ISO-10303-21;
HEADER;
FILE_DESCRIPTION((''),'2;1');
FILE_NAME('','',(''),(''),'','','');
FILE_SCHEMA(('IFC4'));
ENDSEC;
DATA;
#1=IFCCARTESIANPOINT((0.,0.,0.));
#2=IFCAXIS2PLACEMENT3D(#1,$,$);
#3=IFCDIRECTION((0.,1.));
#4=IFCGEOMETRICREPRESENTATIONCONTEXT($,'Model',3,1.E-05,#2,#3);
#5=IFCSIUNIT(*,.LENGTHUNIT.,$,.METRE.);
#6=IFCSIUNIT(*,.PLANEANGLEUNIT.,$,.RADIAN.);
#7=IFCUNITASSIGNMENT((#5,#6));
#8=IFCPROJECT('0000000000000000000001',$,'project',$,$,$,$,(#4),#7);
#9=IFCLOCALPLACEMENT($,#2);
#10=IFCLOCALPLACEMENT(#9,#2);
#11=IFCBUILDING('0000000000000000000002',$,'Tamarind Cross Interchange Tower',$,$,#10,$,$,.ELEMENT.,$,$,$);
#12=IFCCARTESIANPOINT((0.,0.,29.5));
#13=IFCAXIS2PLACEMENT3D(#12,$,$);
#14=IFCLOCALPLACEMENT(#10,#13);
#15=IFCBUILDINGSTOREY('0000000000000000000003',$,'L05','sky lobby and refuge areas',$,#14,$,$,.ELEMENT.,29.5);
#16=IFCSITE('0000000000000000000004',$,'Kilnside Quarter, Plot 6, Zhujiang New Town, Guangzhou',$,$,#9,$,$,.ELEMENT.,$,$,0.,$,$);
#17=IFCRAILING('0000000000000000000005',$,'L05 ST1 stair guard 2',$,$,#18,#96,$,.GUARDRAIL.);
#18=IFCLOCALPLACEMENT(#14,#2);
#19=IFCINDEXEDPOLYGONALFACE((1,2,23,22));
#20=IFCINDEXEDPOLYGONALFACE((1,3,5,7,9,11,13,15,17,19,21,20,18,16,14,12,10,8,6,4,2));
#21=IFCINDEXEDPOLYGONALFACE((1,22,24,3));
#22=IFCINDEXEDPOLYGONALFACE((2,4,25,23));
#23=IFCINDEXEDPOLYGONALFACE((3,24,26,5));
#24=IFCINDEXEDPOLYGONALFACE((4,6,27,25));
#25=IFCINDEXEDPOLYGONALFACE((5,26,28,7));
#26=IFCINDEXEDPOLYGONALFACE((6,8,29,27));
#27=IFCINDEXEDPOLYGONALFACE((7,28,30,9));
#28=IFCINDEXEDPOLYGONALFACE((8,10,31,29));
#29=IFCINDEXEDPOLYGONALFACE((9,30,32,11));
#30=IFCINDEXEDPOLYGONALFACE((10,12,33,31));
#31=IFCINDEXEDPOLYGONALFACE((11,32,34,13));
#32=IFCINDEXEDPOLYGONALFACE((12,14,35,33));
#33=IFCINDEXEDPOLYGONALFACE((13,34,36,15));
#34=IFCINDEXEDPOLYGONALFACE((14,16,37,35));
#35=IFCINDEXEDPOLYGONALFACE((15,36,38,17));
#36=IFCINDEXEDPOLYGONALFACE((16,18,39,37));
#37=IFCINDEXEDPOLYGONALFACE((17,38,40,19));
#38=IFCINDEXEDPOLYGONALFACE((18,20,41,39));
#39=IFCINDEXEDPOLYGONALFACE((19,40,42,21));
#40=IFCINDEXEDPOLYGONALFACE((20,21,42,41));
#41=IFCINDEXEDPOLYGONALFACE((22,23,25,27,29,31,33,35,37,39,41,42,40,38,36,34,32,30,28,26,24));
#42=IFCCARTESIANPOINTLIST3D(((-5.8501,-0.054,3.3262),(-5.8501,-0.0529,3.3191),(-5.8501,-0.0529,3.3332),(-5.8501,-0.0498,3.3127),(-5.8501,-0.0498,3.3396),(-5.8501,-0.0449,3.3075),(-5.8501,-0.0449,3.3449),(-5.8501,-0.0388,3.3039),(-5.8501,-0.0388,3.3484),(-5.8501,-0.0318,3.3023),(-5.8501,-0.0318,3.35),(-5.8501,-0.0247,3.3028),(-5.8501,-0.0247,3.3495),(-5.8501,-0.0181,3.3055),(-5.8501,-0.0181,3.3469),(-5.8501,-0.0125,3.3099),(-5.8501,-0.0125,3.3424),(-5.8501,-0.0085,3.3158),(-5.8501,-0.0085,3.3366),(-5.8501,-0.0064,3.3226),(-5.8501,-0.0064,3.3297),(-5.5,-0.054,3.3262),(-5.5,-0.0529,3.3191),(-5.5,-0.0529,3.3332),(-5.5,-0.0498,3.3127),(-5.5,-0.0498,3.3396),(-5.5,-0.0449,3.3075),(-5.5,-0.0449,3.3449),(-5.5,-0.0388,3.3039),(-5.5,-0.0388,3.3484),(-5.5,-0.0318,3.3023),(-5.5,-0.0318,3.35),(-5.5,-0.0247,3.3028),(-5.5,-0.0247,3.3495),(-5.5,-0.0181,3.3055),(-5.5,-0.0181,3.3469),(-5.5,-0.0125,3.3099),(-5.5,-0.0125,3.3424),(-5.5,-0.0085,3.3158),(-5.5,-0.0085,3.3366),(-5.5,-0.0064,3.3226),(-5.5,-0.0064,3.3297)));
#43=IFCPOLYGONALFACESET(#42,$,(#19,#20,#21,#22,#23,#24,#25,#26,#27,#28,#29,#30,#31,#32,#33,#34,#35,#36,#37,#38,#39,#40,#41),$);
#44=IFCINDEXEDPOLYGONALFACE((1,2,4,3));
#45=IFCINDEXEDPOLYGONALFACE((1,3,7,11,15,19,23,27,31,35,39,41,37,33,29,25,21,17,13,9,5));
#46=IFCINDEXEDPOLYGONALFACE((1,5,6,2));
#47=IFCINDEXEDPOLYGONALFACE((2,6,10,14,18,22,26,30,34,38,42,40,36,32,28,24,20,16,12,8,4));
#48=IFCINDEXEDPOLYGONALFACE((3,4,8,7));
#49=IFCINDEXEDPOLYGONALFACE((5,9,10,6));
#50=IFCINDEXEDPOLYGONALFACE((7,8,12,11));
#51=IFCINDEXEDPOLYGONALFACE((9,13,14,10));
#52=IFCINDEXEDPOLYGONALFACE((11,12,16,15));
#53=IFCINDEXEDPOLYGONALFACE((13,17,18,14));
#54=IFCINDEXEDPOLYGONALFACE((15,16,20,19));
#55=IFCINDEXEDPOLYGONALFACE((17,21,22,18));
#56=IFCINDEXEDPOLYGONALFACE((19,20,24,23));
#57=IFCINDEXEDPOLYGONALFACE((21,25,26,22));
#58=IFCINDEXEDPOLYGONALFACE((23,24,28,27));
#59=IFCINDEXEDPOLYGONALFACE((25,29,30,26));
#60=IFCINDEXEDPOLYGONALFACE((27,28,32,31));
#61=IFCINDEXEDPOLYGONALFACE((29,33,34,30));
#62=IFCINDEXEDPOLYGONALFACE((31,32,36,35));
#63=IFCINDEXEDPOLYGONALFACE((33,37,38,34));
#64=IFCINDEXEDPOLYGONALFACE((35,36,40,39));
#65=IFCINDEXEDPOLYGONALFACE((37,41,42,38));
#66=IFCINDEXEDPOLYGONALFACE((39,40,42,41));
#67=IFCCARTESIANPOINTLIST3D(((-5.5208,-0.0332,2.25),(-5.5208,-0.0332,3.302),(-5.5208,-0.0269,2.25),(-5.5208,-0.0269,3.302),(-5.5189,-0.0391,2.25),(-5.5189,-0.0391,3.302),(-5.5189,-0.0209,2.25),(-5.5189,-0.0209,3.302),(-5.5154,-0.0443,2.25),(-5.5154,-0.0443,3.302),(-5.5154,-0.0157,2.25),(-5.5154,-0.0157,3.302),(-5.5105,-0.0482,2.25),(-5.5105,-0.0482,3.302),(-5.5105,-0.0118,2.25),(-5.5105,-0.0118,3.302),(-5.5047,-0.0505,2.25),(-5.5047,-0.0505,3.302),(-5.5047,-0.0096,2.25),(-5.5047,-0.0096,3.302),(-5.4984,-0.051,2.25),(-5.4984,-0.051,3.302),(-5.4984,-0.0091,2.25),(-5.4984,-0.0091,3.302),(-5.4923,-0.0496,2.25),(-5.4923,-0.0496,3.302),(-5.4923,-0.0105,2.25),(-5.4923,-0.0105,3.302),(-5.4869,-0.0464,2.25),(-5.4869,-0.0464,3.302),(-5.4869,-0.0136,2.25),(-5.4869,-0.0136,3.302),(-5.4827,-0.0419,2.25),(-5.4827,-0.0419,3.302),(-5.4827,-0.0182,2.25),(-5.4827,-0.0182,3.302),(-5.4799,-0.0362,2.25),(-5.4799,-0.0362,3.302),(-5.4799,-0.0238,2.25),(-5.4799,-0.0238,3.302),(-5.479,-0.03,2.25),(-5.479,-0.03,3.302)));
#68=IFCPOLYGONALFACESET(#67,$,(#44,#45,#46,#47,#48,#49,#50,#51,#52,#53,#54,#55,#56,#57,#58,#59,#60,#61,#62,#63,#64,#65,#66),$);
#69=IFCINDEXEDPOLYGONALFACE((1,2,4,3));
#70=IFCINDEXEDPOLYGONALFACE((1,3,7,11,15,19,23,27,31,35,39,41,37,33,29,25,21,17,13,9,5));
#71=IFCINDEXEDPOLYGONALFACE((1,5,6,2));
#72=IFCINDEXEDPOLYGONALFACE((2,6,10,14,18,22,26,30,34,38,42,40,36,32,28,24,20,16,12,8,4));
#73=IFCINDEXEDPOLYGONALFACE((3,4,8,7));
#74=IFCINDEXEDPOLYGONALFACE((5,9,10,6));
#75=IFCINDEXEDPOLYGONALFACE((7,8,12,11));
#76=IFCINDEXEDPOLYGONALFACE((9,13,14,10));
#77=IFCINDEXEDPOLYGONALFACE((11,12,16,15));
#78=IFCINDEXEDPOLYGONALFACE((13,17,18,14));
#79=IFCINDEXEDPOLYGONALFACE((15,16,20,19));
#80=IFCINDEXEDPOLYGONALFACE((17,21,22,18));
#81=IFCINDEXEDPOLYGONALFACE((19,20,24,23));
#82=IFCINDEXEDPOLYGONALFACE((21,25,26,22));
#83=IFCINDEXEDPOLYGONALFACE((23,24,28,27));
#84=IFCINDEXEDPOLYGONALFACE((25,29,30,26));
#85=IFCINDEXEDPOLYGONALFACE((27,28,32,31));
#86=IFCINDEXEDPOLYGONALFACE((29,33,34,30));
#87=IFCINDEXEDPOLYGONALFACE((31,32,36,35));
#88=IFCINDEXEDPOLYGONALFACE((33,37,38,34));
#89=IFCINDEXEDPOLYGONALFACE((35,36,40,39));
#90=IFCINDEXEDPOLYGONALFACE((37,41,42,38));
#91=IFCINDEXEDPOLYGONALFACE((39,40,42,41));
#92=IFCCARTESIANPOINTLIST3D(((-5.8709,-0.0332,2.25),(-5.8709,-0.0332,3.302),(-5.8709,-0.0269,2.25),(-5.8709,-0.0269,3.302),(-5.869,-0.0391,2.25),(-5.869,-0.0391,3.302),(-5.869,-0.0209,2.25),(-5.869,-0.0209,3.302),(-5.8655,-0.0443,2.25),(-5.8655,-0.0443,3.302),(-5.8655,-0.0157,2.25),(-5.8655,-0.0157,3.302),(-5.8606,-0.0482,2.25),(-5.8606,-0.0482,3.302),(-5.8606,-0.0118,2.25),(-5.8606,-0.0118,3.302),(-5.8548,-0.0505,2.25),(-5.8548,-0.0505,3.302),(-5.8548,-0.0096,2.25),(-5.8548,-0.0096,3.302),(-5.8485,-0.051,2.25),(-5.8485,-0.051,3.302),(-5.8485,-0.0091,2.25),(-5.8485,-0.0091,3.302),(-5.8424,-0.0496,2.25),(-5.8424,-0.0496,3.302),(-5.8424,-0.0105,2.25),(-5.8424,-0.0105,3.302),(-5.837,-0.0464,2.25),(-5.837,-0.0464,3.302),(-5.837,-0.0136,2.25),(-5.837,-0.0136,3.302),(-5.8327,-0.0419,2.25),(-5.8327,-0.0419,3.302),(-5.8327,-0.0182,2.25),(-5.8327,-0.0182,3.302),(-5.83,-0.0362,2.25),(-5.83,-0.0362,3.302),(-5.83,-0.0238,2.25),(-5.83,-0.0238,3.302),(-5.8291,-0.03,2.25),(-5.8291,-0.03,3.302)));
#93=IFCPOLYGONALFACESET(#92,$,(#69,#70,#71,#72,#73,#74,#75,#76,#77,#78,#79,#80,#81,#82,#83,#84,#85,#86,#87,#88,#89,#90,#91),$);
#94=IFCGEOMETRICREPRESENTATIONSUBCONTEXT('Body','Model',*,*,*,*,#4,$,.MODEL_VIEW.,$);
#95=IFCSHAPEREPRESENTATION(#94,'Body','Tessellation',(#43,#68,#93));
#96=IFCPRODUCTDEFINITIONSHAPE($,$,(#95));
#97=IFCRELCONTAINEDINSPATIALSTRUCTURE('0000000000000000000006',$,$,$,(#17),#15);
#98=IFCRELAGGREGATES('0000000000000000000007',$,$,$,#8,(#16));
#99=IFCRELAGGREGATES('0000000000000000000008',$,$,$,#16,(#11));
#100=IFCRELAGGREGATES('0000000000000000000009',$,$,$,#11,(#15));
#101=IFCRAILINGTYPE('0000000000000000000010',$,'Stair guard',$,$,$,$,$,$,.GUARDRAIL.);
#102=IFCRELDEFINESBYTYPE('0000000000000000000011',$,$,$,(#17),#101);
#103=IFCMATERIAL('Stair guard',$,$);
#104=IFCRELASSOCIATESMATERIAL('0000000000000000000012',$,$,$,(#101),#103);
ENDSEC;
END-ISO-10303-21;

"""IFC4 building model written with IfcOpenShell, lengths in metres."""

from ifc_helpers import new_model, si_unit, direction, frame, origin, origin_2d, place, context, subcontext, project, spatial, circle, extrude, material, type_object, element, save


model = new_model("IFC4")

# Units and contexts
model_context = context("Model", 3, precision=1e-05, world=origin(), true_north=direction((0.0, 1.0)))
body_context = subcontext(model_context, "Body", "Model", "MODEL_VIEW")
ifc_project = project(units=[si_unit("LENGTHUNIT", "METRE"), si_unit("PLANEANGLEUNIT", "RADIAN")], contexts=[model_context])

# Site, building, storey
site_placement = place(None, origin())
site = spatial("IfcSite", under=ifc_project, at=site_placement, Name="Kilnside Quarter, Plot 6, Zhujiang New Town, Guangzhou", CompositionType="ELEMENT", RefElevation=0.0)
building_placement = place(site_placement, origin())
building = spatial("IfcBuilding", under=site, at=building_placement, Name="Tamarind Cross Interchange Tower", CompositionType="ELEMENT")
storey_placement = place(building_placement, frame((0.0, 0.0, 29.5)))
storey = spatial("IfcBuildingStorey", under=building, at=storey_placement, Name="L05", Description="sky lobby and refuge areas", CompositionType="ELEMENT", Elevation=29.5)

# Railing
ifc_material_1 = material(Name="Stair guard")
railing_type_1 = type_object("IfcRailingType", Name="Stair guard", PredefinedType="GUARDRAIL", material=ifc_material_1)
railing_1_placement = place(storey_placement, frame((-5.5, -0.03, 2.25)))
element("IfcRailing", 1, at=railing_1_placement, inside=storey, type_object=railing_type_1, Name="L05 ST1 stair guard 2", PredefinedType="GUARDRAIL", context=body_context, shape_type="SweptSolid", body=[
    extrude(circle(Radius=0.0239, at=origin_2d()), frame((0.0, 0.0, 1.0762), z_axis=(-1.0, 0.0, 0.0), x_axis=(0.0, -1.0, 0.0)), (0.0, 0.0, 1.0), 0.3501),
    extrude(circle(Radius=0.021, at=origin_2d()), origin(), (0.0, 0.0, 1.0), 1.052),
    extrude(circle(Radius=0.021, at=origin_2d()), frame((-0.3501, 0.0, 0.0)), (0.0, 0.0, 1.0), 1.052),
])

save(model, "model.ifc")
